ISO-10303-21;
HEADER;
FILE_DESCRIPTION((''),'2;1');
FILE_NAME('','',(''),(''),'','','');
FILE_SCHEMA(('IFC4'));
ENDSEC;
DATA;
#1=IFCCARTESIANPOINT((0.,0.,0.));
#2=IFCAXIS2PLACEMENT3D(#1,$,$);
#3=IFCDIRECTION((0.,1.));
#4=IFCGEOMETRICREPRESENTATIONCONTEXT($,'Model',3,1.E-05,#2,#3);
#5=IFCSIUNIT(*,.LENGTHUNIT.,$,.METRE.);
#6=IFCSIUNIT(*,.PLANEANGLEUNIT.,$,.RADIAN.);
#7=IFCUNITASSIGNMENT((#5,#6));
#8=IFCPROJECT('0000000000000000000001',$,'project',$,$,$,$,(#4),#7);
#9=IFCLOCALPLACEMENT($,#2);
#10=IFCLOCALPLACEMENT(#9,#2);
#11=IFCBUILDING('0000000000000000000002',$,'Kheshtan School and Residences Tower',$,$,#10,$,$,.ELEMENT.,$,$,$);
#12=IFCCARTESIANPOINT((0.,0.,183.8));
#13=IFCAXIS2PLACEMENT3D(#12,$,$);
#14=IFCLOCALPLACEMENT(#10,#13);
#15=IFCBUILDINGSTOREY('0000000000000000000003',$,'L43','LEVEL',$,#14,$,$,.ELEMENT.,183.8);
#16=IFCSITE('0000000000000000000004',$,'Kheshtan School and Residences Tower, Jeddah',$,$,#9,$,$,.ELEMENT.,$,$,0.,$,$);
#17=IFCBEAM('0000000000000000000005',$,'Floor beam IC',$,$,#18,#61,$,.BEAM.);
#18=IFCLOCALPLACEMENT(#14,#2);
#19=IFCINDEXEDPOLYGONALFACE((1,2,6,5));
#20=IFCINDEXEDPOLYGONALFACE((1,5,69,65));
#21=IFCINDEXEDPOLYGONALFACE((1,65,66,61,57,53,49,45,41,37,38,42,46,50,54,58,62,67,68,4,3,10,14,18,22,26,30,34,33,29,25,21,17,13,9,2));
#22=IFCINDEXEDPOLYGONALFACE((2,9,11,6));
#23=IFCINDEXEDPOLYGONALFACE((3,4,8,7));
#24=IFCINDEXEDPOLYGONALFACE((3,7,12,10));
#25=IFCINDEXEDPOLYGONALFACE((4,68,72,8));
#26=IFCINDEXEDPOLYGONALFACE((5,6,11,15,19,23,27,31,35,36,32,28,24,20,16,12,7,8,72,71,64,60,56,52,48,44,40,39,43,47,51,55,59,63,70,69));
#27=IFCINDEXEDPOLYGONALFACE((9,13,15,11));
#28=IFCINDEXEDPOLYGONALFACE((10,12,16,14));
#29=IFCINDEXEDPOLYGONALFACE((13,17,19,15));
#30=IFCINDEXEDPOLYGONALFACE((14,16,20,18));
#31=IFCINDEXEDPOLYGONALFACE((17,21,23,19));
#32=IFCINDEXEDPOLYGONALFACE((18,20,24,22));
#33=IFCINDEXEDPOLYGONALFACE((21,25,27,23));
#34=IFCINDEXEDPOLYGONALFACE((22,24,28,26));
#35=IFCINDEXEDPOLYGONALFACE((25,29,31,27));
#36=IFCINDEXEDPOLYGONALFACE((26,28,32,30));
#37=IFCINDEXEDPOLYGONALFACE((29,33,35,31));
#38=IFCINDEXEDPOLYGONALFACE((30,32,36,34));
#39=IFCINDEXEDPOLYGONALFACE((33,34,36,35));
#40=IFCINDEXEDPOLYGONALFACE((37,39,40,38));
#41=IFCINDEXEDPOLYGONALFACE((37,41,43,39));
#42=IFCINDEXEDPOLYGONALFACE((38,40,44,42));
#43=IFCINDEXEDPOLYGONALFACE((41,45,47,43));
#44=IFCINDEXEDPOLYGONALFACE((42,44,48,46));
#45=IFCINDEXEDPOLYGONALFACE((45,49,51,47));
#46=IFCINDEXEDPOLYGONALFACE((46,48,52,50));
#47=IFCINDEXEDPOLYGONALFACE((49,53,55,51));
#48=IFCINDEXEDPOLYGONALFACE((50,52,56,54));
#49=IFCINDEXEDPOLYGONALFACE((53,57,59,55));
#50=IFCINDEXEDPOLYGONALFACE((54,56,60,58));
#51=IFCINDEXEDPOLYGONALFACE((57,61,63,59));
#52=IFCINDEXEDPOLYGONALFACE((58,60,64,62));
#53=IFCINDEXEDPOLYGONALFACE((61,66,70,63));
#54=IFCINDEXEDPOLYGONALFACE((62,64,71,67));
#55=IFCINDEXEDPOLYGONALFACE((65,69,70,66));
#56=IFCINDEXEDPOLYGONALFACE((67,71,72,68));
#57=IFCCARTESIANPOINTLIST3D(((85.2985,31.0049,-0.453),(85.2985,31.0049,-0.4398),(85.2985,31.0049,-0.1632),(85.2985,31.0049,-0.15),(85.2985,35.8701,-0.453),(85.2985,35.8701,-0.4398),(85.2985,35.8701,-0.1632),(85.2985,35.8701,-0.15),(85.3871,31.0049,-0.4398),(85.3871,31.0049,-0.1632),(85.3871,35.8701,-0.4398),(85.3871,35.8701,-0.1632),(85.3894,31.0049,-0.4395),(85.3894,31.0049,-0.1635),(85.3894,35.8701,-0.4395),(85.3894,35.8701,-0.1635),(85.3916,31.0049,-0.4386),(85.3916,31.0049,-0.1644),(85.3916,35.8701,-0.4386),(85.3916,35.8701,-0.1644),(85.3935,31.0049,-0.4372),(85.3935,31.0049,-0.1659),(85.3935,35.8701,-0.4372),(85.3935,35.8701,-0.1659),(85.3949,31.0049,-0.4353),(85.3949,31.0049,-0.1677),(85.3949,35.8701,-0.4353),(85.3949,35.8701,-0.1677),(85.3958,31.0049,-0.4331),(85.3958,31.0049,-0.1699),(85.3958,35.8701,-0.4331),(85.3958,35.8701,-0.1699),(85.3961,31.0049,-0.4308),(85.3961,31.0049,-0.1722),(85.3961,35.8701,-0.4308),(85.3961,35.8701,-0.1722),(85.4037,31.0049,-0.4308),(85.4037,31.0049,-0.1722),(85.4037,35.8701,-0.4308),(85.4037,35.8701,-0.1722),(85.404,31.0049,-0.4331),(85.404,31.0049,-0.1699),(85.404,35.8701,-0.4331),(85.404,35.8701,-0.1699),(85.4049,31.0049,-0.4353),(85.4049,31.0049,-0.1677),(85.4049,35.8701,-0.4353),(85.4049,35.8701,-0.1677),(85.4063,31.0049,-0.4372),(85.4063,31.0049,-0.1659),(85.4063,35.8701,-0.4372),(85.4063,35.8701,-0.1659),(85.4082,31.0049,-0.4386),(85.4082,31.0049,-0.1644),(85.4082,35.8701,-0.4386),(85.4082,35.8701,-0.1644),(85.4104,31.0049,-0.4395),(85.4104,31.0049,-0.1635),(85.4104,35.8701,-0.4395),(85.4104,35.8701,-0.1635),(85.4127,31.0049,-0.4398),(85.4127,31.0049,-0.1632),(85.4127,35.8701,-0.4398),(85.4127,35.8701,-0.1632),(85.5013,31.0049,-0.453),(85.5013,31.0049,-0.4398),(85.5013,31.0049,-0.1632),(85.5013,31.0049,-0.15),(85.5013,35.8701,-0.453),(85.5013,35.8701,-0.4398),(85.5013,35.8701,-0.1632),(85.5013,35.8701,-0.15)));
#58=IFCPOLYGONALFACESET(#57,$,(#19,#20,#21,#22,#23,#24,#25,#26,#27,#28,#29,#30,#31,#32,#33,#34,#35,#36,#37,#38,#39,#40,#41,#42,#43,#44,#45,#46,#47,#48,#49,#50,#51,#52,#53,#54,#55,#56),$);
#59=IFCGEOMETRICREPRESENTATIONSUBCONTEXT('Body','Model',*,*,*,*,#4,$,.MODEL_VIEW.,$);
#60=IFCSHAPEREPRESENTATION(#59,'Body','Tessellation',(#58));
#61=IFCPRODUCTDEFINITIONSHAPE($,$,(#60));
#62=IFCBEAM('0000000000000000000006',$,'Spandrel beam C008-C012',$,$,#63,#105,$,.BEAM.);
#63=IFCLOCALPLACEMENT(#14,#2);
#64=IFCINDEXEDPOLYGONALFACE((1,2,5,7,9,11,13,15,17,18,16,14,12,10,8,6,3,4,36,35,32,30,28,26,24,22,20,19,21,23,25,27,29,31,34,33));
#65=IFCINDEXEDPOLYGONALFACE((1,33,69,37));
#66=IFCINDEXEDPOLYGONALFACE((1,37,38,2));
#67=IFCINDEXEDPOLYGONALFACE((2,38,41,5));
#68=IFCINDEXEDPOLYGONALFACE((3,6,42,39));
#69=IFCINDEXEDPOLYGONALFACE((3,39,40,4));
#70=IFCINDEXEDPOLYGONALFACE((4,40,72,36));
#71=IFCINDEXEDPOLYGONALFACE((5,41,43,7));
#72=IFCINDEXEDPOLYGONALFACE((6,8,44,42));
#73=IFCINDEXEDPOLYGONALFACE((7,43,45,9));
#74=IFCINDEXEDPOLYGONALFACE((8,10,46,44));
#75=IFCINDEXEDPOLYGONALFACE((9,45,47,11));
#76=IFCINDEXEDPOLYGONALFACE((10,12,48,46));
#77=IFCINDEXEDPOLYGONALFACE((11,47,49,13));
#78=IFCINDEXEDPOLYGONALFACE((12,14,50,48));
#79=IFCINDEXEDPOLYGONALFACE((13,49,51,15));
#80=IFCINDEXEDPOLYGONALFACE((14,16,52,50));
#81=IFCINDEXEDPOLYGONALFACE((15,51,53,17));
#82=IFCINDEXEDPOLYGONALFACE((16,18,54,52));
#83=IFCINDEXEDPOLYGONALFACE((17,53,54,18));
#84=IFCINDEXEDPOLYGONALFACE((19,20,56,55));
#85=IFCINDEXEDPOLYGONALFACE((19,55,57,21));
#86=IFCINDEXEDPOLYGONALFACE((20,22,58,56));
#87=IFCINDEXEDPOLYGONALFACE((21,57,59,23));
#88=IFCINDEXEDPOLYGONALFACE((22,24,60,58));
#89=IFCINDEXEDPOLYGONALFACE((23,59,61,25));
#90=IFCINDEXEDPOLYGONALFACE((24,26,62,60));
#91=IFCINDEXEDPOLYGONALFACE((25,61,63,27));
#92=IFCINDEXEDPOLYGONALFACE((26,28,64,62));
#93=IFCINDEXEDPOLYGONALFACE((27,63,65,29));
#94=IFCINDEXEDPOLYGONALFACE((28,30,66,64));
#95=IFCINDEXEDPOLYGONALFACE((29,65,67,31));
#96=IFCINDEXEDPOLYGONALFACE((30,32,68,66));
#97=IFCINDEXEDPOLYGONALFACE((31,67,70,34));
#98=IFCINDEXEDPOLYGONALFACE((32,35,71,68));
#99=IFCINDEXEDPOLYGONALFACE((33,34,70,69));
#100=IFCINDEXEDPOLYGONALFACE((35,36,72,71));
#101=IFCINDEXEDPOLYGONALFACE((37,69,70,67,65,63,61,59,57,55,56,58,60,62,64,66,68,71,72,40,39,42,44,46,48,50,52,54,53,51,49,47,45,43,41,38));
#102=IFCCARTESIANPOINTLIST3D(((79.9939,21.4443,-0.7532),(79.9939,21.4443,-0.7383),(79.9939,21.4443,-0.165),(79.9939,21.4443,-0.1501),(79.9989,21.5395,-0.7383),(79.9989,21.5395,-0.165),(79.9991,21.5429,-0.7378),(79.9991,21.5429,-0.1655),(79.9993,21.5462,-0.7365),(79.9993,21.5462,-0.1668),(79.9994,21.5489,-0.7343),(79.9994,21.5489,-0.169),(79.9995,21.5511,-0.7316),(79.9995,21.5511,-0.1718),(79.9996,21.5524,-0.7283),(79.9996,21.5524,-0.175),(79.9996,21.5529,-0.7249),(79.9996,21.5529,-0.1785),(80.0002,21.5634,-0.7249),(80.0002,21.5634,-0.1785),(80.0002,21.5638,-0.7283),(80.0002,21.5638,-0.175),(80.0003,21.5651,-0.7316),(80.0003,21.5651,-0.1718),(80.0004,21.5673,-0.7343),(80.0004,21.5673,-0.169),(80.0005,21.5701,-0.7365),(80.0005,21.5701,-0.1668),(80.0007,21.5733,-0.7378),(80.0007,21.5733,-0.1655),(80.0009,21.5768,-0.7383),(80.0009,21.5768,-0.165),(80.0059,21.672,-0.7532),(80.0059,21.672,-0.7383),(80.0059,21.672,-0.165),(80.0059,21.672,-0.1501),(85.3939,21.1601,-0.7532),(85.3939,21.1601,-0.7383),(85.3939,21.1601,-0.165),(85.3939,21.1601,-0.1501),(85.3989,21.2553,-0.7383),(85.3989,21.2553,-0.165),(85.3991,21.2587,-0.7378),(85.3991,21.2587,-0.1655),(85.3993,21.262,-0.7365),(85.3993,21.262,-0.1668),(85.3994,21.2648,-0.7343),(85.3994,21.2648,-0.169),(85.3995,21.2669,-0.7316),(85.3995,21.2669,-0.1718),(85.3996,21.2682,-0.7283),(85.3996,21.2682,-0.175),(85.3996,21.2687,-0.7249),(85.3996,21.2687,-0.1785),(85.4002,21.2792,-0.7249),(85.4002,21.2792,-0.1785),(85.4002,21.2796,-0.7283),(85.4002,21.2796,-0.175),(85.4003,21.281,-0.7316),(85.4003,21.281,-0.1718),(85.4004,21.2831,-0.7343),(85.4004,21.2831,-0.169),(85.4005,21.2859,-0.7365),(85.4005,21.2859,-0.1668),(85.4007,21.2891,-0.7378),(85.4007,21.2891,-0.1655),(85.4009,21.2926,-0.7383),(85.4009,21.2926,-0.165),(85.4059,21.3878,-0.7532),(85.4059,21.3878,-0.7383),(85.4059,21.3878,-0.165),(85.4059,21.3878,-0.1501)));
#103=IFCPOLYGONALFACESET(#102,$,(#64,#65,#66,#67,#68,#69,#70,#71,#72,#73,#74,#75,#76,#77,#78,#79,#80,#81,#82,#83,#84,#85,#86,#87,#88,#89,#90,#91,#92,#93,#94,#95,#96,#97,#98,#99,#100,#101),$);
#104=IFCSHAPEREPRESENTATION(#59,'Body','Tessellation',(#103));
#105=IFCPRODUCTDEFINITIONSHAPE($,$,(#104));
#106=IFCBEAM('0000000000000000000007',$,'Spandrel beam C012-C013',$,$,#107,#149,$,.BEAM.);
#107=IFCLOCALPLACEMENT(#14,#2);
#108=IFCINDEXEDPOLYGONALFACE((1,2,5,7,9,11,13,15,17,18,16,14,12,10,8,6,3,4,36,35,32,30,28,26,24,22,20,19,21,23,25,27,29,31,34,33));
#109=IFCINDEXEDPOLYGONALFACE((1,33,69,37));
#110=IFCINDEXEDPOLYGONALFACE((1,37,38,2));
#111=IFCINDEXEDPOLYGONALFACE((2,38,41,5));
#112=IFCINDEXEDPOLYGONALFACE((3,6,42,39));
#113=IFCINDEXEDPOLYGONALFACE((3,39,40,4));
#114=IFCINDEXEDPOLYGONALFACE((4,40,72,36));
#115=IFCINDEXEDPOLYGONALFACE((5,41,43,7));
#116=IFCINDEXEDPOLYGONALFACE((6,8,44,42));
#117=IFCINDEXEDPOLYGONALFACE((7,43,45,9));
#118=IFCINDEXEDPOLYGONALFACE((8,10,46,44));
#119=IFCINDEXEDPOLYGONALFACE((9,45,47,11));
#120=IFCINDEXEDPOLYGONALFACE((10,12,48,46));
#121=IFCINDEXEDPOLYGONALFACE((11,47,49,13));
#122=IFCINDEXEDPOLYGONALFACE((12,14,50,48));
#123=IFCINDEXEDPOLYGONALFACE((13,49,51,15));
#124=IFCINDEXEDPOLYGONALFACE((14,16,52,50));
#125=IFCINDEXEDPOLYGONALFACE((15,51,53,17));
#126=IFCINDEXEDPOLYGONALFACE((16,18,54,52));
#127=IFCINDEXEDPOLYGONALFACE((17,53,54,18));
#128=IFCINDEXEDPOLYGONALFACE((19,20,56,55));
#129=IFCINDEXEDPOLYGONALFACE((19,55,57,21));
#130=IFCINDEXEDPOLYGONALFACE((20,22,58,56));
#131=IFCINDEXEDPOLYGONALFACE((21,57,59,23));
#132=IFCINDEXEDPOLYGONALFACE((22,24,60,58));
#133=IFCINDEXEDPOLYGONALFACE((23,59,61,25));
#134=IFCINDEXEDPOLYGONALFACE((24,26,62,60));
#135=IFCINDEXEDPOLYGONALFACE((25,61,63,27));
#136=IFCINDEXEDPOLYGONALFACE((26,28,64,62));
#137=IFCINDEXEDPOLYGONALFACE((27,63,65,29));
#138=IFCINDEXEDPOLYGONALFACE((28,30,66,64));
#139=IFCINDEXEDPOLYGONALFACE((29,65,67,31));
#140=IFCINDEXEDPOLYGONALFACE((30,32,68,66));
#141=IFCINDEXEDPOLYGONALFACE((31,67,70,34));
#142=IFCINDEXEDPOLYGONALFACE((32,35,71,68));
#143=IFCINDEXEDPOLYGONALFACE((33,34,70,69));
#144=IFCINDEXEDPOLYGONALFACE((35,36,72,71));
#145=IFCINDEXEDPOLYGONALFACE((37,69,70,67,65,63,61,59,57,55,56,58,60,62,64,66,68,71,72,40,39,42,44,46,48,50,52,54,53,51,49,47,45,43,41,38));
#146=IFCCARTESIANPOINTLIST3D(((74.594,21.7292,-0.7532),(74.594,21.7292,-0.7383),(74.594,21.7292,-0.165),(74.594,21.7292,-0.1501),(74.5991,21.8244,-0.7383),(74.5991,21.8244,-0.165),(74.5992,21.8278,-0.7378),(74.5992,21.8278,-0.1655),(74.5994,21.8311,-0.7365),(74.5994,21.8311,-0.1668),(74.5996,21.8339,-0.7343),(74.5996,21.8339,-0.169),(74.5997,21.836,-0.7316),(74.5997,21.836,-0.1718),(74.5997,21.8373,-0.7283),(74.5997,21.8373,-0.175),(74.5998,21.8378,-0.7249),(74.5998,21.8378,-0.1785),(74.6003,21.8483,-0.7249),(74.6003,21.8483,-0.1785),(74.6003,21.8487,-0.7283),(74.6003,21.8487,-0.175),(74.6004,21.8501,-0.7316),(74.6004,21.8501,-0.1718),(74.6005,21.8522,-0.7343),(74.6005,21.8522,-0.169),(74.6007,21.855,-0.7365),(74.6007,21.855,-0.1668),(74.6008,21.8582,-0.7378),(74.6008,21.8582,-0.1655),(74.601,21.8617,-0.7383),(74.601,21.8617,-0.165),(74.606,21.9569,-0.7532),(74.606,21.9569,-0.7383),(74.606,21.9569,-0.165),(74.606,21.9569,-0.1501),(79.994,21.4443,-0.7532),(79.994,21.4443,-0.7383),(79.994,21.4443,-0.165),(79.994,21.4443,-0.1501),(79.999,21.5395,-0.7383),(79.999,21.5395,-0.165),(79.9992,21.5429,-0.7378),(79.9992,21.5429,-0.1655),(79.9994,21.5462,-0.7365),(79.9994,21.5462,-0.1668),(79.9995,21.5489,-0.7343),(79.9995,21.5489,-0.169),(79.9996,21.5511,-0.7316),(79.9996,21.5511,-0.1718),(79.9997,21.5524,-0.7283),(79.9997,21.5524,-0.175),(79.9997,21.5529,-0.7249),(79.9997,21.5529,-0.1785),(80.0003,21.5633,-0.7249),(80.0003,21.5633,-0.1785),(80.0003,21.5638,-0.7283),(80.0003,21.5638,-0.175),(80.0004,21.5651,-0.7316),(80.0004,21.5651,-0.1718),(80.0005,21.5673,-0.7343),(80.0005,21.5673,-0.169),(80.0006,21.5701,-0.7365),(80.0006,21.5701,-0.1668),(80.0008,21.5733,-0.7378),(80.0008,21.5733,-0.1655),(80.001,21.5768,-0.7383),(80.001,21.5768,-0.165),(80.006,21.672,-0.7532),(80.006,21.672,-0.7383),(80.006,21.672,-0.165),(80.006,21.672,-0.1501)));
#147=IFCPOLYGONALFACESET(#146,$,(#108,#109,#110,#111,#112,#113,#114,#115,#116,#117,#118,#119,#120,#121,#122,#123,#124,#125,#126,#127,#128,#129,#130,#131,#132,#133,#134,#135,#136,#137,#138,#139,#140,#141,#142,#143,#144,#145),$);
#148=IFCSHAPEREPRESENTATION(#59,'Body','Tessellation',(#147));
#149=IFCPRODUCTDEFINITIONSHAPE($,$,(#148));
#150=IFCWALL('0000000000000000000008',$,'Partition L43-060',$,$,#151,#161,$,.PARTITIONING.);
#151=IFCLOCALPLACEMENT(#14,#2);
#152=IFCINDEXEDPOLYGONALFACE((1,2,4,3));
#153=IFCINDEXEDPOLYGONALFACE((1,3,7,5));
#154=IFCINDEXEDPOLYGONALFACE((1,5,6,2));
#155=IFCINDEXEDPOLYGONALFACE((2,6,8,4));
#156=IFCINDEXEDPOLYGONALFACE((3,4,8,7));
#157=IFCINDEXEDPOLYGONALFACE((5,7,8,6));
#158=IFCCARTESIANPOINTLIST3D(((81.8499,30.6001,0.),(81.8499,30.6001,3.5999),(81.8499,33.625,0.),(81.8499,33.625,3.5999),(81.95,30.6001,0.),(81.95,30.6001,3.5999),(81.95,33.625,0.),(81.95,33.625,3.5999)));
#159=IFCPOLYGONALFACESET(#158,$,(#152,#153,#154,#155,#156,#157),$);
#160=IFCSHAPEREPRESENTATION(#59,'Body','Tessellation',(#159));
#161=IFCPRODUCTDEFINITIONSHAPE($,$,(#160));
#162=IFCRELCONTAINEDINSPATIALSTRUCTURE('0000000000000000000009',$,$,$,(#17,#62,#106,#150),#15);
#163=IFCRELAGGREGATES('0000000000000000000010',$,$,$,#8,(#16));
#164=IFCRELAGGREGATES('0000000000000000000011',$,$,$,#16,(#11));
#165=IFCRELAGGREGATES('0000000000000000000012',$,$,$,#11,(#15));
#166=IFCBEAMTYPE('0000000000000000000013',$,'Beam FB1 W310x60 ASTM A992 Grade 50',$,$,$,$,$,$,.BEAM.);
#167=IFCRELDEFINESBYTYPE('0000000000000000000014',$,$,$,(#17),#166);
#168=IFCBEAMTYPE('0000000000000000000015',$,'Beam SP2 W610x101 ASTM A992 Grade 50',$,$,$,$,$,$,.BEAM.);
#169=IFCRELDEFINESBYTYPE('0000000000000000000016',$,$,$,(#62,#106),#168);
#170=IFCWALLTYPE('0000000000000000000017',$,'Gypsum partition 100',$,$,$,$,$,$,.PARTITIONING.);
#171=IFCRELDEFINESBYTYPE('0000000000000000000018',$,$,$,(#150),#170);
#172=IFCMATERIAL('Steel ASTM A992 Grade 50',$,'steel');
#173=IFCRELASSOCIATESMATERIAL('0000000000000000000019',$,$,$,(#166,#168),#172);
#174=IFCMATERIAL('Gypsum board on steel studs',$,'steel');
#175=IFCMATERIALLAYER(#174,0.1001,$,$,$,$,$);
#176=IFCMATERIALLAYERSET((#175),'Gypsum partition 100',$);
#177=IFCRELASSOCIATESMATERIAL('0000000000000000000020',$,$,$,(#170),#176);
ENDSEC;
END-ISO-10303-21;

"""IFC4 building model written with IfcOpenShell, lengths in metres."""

from ifc_helpers import new_model, si_unit, direction, frame, frame_2d, origin, origin_2d, place, context, subcontext, project, spatial, rectangle, i_section, extrude, material, layer, layer_set, material_profile, profile_set, type_object, element, save


model = new_model("IFC4")

# Units and contexts
model_context = context("Model", 3, precision=1e-05, world=origin(), true_north=direction((0.0, 1.0)))
body_context = subcontext(model_context, "Body", "Model", "MODEL_VIEW")
ifc_project = project(units=[si_unit("LENGTHUNIT", "METRE"), si_unit("PLANEANGLEUNIT", "RADIAN")], contexts=[model_context])

# Site, building, storey
site_placement = place(None, origin())
site = spatial("IfcSite", under=ifc_project, at=site_placement, Name="Kheshtan School and Residences Tower, Jeddah", CompositionType="ELEMENT", RefElevation=0.0)
building_placement = place(site_placement, origin())
building = spatial("IfcBuilding", under=site, at=building_placement, Name="Kheshtan School and Residences Tower", CompositionType="ELEMENT")
storey_placement = place(building_placement, frame((0.0, 0.0, 183.8)))
storey = spatial("IfcBuildingStorey", under=building, at=storey_placement, Name="L43", Description="LEVEL", CompositionType="ELEMENT", Elevation=183.8)

# Shared definitions
ifc_material_1 = material(Name="Steel ASTM A992 Grade 50", Category="steel")

# Beams
ifc_material_profile_1 = material_profile(ifc_material_1, i_section(OverallWidth=0.2029, OverallDepth=0.303, WebThickness=0.0076, FlangeThickness=0.0132, FilletRadius=0.009, at=origin_2d()), Name="W310x60")
ifc_profile_set_1 = profile_set([ifc_material_profile_1], Name="Steel ASTM A992 Grade 50")
beam_type_1 = type_object("IfcBeamType", Name="Beam FB1 W310x60 ASTM A992 Grade 50", PredefinedType="BEAM", material=ifc_profile_set_1)
beam_placement = place(storey_placement, frame((85.3999, 31.0049, -0.3015), z_axis=(0.0, 1.0, 0.0), x_axis=(-1.0, 0.0, 0.0)))
element("IfcBeam", 1, at=beam_placement, inside=storey, type_object=beam_type_1, Name="Floor beam IC", PredefinedType="BEAM", context=body_context, shape_type="SweptSolid", body=[
    extrude(i_section(OverallWidth=0.2029, OverallDepth=0.303, WebThickness=0.0076, FlangeThickness=0.0132, FilletRadius=0.009, at=origin_2d()), origin(), (0.0, 0.0, 1.0), 4.8652),
])
ifc_material_profile_2 = material_profile(ifc_material_1, i_section(OverallWidth=0.228, OverallDepth=0.603, WebThickness=0.0105, FlangeThickness=0.0149, FilletRadius=0.0134, at=origin_2d()), Name="W610x101")
ifc_profile_set_2 = profile_set([ifc_material_profile_2], Name="Steel ASTM A992 Grade 50")
beam_type_2 = type_object("IfcBeamType", Name="Beam SP2 W610x101 ASTM A992 Grade 50", PredefinedType="BEAM", material=ifc_profile_set_2)
for number, where, z_axis, x_axis, name in (
    (2, (85.3999, 21.2739, -0.4517), (-0.998618, 0.052554, 0.0), (-0.052554, -0.998618, 0.0), "Spandrel beam C008-C012"),
    (3, (80.0, 21.5581, -0.4517), (-0.998611, 0.052689, 0.0), (-0.052689, -0.998611, 0.0), "Spandrel beam C012-C013"),
):
    element("IfcBeam", number, at=place(storey_placement, frame(where, z_axis=z_axis, x_axis=x_axis)), inside=storey, type_object=beam_type_2, Name=name, PredefinedType="BEAM", context=body_context, shape_type="SweptSolid", body=[
        extrude(i_section(OverallWidth=0.228, OverallDepth=0.603, WebThickness=0.0105, FlangeThickness=0.0149, FilletRadius=0.0134, at=origin_2d()), origin(), (0.0, 0.0, 1.0), 5.4075),
    ])

# Wall
ifc_material_2 = material(Name="Gypsum board on steel studs", Category="steel")
ifc_layer_1 = layer(ifc_material_2, 0.1001)
ifc_layer_set_1 = layer_set([ifc_layer_1], Name="Gypsum partition 100")
wall_type_1 = type_object("IfcWallType", Name="Gypsum partition 100", PredefinedType="PARTITIONING", material=ifc_layer_set_1)
wall_1_placement = place(storey_placement, frame((81.8999, 30.6001, 0.0), z_axis=(0.0, 0.0, 1.0), x_axis=(0.0, 1.0, 0.0)))
element("IfcWall", 4, at=wall_1_placement, inside=storey, type_object=wall_type_1, Name="Partition L43-060", PredefinedType="PARTITIONING", context=body_context, shape_type="SweptSolid", body=[
    extrude(rectangle(XDim=3.0249, YDim=0.1001, at=frame_2d((1.5125, 0.0))), origin(), (0.0, 0.0, 1.0), 3.5999),
])

save(model, "model.ifc")
